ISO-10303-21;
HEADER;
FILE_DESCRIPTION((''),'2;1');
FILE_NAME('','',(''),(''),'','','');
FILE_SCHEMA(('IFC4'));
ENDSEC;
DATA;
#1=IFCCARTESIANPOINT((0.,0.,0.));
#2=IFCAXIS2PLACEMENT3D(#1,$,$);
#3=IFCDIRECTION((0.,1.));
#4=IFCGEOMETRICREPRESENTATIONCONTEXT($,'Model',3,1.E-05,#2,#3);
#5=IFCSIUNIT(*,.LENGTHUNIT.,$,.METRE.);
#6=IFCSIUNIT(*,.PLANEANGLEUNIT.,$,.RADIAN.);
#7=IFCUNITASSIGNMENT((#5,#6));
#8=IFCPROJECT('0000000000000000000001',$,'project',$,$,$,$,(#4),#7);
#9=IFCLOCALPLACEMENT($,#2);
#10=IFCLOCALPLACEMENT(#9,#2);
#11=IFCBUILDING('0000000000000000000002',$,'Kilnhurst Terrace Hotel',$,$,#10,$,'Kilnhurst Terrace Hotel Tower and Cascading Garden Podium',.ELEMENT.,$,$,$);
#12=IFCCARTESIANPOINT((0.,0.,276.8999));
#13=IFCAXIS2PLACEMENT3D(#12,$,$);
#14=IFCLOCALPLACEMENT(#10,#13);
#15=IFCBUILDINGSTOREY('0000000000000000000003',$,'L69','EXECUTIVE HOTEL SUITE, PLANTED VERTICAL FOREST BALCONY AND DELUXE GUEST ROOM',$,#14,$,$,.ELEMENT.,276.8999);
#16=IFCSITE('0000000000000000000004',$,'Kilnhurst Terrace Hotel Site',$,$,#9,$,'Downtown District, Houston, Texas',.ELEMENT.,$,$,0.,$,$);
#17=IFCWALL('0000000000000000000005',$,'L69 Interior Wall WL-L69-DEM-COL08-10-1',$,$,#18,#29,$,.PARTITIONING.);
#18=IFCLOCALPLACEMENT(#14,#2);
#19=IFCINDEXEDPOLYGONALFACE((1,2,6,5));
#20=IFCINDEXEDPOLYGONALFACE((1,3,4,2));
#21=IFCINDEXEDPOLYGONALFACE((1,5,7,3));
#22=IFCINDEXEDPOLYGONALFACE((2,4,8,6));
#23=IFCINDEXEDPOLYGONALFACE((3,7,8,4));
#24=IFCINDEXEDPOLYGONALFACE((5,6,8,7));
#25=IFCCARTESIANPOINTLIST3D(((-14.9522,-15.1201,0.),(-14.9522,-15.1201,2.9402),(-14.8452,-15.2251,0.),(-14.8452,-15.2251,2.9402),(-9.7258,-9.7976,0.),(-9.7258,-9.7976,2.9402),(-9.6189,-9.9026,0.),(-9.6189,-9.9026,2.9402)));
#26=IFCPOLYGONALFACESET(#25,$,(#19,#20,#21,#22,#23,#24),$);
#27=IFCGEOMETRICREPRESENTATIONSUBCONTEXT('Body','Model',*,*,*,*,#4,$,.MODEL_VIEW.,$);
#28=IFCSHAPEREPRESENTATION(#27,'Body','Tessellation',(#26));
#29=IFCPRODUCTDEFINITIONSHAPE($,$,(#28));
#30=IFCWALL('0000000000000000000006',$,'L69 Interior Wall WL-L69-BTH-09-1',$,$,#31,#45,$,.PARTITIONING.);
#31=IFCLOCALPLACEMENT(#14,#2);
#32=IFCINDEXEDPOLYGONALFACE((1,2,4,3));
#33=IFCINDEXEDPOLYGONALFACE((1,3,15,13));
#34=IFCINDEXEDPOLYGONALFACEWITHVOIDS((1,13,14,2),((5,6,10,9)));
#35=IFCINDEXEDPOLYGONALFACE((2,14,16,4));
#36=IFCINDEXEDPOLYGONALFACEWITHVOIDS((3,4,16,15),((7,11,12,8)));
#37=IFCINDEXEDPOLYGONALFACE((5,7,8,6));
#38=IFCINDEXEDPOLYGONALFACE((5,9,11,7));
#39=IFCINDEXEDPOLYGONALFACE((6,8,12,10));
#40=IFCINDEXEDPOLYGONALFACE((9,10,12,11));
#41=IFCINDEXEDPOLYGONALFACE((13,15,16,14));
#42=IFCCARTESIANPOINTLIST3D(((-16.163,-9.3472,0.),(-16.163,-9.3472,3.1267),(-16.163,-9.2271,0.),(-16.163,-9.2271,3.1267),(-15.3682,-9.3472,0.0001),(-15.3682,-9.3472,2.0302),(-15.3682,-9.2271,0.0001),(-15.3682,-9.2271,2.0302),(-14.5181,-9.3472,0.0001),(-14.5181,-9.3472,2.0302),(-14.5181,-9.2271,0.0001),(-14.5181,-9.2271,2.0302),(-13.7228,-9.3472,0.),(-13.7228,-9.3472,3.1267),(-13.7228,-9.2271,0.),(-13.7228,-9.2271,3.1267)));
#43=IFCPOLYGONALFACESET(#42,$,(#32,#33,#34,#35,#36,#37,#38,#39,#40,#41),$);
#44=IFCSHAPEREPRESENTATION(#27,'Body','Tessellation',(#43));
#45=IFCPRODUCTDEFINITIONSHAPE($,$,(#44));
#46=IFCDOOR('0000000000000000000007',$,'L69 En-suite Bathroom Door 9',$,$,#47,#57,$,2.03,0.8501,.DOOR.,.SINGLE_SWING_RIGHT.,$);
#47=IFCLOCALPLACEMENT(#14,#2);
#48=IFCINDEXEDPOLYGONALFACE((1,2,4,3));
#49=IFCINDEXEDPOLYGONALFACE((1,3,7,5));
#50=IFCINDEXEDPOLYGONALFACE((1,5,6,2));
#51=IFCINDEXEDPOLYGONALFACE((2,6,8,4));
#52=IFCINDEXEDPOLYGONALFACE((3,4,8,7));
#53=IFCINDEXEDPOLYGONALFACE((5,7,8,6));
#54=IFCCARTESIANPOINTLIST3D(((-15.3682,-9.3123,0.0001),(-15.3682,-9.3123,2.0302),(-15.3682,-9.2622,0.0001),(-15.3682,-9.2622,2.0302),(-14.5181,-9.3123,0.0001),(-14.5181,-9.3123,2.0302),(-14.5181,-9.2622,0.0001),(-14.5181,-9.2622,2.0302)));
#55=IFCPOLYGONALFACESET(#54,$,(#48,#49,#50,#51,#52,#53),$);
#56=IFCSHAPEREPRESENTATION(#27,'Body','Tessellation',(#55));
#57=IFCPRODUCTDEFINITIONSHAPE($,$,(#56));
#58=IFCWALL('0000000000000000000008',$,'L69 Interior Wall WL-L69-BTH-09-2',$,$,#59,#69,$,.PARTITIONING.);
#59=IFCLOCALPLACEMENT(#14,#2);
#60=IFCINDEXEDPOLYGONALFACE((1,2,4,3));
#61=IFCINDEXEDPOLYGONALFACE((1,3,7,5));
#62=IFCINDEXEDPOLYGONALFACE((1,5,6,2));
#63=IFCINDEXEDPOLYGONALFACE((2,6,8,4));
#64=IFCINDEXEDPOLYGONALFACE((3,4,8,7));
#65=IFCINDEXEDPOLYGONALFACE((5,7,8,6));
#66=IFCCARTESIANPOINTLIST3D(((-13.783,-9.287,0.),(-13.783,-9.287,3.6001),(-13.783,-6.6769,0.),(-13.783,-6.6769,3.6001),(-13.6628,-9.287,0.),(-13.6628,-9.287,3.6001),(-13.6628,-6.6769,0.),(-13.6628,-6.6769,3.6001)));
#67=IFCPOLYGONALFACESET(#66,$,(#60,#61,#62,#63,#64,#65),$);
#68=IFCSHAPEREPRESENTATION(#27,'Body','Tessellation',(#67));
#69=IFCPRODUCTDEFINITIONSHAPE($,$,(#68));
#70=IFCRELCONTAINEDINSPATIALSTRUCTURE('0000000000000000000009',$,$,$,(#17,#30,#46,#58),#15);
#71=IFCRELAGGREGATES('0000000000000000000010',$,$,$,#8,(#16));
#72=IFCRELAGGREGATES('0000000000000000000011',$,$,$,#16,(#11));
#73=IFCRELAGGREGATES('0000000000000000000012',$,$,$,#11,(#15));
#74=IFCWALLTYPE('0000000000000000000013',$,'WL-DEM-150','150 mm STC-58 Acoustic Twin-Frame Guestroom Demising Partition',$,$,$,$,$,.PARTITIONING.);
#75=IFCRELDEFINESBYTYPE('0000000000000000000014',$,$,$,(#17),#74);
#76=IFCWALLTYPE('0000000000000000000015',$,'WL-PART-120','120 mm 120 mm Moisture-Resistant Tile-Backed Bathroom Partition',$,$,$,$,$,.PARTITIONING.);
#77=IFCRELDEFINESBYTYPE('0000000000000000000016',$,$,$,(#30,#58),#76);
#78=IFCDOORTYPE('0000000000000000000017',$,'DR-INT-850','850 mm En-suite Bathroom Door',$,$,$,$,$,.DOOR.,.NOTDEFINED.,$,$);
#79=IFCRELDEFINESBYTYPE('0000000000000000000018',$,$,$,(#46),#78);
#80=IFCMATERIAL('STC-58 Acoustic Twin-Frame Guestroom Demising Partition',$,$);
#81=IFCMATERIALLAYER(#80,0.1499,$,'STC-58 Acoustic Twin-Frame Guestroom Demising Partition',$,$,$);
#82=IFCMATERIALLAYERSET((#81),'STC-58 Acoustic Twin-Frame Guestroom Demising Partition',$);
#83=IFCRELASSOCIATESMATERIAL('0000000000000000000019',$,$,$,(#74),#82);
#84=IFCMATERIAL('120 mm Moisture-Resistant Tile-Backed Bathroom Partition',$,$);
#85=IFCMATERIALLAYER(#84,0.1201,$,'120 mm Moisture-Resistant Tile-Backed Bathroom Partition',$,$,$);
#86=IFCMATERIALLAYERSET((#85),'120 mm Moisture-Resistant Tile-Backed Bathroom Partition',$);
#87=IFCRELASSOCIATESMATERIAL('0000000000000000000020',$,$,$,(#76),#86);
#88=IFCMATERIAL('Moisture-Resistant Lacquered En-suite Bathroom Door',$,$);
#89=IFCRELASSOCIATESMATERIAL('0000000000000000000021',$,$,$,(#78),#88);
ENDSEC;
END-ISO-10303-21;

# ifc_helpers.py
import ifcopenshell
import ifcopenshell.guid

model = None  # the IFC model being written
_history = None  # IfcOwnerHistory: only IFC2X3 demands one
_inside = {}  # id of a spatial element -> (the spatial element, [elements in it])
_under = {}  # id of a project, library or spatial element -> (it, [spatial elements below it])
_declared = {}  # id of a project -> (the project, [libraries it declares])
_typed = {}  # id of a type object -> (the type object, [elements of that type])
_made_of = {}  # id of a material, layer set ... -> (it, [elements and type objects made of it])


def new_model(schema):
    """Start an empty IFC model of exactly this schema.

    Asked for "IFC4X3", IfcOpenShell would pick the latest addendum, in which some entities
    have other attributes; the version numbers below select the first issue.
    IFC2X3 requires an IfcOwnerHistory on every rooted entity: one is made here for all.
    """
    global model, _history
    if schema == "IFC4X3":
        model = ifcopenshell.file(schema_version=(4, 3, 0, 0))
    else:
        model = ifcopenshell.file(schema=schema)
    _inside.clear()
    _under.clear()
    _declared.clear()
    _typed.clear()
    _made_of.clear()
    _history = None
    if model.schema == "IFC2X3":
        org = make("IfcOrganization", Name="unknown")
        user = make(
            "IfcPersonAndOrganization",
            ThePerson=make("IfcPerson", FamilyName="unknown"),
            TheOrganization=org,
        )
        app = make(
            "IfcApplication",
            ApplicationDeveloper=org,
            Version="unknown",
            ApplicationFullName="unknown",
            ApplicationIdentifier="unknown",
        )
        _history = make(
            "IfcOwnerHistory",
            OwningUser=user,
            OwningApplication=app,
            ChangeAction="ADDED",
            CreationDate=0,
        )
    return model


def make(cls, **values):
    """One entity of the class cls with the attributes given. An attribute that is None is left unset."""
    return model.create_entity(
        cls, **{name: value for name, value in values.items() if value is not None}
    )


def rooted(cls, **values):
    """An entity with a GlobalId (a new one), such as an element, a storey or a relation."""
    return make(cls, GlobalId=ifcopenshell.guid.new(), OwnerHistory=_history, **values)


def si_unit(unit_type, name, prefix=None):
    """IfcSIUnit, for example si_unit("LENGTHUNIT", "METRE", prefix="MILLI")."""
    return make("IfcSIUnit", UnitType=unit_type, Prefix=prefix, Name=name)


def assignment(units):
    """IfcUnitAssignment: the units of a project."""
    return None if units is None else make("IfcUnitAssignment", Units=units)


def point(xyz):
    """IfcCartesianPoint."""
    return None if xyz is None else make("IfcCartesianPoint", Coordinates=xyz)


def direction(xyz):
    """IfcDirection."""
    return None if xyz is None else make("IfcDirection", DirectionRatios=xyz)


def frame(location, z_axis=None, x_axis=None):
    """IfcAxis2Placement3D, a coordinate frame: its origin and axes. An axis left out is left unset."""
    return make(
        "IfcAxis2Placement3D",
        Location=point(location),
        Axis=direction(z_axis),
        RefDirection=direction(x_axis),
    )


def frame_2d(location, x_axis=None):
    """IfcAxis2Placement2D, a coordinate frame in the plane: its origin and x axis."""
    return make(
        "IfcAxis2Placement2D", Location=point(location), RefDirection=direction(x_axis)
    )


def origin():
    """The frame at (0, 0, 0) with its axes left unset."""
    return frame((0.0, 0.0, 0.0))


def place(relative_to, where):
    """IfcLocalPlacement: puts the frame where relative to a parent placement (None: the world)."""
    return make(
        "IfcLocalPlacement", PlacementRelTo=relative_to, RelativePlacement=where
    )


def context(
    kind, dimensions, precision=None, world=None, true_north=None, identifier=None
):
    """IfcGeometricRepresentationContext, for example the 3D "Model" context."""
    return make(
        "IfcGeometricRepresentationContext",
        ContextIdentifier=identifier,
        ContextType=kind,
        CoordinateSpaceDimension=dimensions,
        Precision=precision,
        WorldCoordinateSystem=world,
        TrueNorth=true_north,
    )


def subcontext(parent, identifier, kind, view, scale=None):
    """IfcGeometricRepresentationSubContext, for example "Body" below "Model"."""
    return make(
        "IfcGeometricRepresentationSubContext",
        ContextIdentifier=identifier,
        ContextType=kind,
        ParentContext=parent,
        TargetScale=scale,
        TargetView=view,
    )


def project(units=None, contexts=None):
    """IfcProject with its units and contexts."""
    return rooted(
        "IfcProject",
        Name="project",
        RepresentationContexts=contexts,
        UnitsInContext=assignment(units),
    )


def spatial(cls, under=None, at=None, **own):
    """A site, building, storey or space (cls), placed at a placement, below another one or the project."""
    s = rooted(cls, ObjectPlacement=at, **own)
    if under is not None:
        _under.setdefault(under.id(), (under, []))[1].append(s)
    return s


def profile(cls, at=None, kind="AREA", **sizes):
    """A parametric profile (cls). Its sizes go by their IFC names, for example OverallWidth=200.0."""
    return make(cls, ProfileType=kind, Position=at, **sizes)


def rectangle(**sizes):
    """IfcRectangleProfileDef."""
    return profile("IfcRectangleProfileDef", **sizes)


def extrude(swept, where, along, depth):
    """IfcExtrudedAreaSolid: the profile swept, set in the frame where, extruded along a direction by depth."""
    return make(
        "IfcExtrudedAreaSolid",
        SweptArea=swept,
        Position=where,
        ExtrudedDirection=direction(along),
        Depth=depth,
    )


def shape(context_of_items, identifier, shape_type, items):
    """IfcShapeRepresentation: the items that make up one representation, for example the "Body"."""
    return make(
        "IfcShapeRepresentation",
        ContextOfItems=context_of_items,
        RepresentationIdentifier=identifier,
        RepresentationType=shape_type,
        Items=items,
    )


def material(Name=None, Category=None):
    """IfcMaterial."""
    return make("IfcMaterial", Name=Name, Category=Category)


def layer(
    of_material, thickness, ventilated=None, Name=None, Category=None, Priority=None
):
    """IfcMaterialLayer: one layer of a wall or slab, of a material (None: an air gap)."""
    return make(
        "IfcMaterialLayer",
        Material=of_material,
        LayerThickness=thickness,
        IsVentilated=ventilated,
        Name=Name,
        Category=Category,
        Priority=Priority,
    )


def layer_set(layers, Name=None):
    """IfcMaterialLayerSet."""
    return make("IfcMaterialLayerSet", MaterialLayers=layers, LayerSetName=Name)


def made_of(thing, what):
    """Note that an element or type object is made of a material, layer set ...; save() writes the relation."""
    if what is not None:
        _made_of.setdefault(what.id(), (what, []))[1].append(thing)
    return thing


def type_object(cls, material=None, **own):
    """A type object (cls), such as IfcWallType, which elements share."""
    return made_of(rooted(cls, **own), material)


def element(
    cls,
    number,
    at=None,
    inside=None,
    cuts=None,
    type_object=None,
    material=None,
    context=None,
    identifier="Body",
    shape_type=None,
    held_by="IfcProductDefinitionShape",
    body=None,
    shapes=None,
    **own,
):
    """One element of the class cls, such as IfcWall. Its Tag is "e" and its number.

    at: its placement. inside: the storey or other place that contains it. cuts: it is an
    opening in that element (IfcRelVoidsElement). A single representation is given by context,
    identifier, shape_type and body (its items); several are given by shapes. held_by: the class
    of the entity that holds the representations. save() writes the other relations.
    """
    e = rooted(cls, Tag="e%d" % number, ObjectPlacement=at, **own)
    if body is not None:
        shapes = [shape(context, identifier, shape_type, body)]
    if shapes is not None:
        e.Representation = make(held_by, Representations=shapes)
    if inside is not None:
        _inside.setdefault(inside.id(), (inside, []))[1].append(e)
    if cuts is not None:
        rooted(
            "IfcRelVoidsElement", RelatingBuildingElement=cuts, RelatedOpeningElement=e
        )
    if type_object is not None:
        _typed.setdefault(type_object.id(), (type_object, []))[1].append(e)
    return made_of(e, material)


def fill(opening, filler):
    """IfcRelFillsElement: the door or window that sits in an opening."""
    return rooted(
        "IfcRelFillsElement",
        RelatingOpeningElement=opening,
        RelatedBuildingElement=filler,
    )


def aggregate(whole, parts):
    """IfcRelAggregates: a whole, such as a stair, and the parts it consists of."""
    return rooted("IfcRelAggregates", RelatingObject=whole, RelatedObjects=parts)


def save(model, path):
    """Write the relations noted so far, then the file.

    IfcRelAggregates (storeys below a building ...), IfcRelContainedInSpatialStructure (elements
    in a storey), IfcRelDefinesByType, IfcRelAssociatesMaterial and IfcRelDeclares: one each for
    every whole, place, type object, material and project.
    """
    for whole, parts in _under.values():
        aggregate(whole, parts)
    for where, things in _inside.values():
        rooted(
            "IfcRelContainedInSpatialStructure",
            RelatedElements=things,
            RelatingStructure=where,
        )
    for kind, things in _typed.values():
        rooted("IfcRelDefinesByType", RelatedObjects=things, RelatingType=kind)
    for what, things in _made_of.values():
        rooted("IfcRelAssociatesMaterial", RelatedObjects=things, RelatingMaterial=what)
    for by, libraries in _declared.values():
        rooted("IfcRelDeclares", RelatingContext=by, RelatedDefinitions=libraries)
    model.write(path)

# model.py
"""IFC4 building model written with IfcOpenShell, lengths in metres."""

from ifc_helpers import new_model, si_unit, direction, frame, frame_2d, origin, place, context, subcontext, project, spatial, rectangle, extrude, material, layer, layer_set, type_object, element, fill, save


model = new_model("IFC4")

# Units and contexts
model_context = context("Model", 3, precision=1e-05, world=origin(), true_north=direction((0.0, 1.0)))
body_context = subcontext(model_context, "Body", "Model", "MODEL_VIEW")
ifc_project = project(units=[si_unit("LENGTHUNIT", "METRE"), si_unit("PLANEANGLEUNIT", "RADIAN")], contexts=[model_context])

# Site, building, storey
site_placement = place(None, origin())
site = spatial("IfcSite", under=ifc_project, at=site_placement, Name="Kilnhurst Terrace Hotel Site", LongName="Downtown District, Houston, Texas", CompositionType="ELEMENT", RefElevation=0.0)
building_placement = place(site_placement, origin())
building = spatial("IfcBuilding", under=site, at=building_placement, Name="Kilnhurst Terrace Hotel", LongName="Kilnhurst Terrace Hotel Tower and Cascading Garden Podium", CompositionType="ELEMENT")
storey_placement = place(building_placement, frame((0.0, 0.0, 276.8999)))
storey = spatial("IfcBuildingStorey", under=building, at=storey_placement, Name="L69", Description="EXECUTIVE HOTEL SUITE, PLANTED VERTICAL FOREST BALCONY AND DELUXE GUEST ROOM", CompositionType="ELEMENT", Elevation=276.8999)

# Wall
ifc_material_1 = material(Name="STC-58 Acoustic Twin-Frame Guestroom Demising Partition")
ifc_layer_1 = layer(ifc_material_1, 0.1499, Name="STC-58 Acoustic Twin-Frame Guestroom Demising Partition")
ifc_layer_set_1 = layer_set([ifc_layer_1], Name="STC-58 Acoustic Twin-Frame Guestroom Demising Partition")
wall_type_1 = type_object("IfcWallType", Name="WL-DEM-150", Description="150 mm STC-58 Acoustic Twin-Frame Guestroom Demising Partition", PredefinedType="PARTITIONING", material=ifc_layer_set_1)
wall_1_placement = place(storey_placement, frame((-9.6724, -9.8501, 0.0), z_axis=(0.0, 0.0, 1.0), x_axis=(-0.70063, -0.713525, 0.0)))
element("IfcWall", 1, at=wall_1_placement, inside=storey, type_object=wall_type_1, Name="L69 Interior Wall WL-L69-DEM-COL08-10-1", PredefinedType="PARTITIONING", context=body_context, shape_type="SweptSolid", body=[
    extrude(rectangle(XDim=7.4595, YDim=0.1499, at=frame_2d((3.7297, 0.0))), origin(), (0.0, 0.0, 1.0), 2.9402),
])

# Wall, opening, door
ifc_material_2 = material(Name="120 mm Moisture-Resistant Tile-Backed Bathroom Partition")
ifc_layer_2 = layer(ifc_material_2, 0.1201, Name="120 mm Moisture-Resistant Tile-Backed Bathroom Partition")
ifc_layer_set_2 = layer_set([ifc_layer_2], Name="120 mm Moisture-Resistant Tile-Backed Bathroom Partition")
wall_type_2 = type_object("IfcWallType", Name="WL-PART-120", Description="120 mm 120 mm Moisture-Resistant Tile-Backed Bathroom Partition", PredefinedType="PARTITIONING", material=ifc_layer_set_2)
wall_2_placement = place(storey_placement, frame((-16.1631, -9.2871, 0.0), z_axis=(0.0, 0.0, 1.0), x_axis=(1.0, 0.0, 0.0)))
wall_2 = element("IfcWall", 2, at=wall_2_placement, inside=storey, type_object=wall_type_2, Name="L69 Interior Wall WL-L69-BTH-09-1", PredefinedType="PARTITIONING", context=body_context, shape_type="SweptSolid", body=[
    extrude(rectangle(XDim=2.4402, YDim=0.1201, at=frame_2d((1.2202, 0.0))), origin(), (0.0, 0.0, 1.0), 3.1267),
])
opening_1_placement = place(wall_2_placement, frame((0.7949, 0.0, 0.0)))
opening_1 = element("IfcOpeningElement", 3, at=opening_1_placement, cuts=wall_2, PredefinedType="OPENING", context=body_context, shape_type="SweptSolid", body=[
    extrude(rectangle(XDim=0.8501, YDim=2.03, at=frame_2d((0.425, 1.0151))), frame((0.0, 0.0701, 0.0), z_axis=(0.0, -1.0, 0.0), x_axis=(1.0, 0.0, 0.0)), (0.0, 0.0, 1.0), 0.1401),
])
ifc_material_3 = material(Name="Moisture-Resistant Lacquered En-suite Bathroom Door")
door_type_1 = type_object("IfcDoorType", Name="DR-INT-850", Description="850 mm En-suite Bathroom Door", OperationType="NOTDEFINED", PredefinedType="DOOR", material=ifc_material_3)
door_1_placement = place(opening_1_placement, origin())
door_1 = element("IfcDoor", 4, at=door_1_placement, inside=storey, type_object=door_type_1, Name="L69 En-suite Bathroom Door 9", OperationType="SINGLE_SWING_RIGHT", OverallHeight=2.03, OverallWidth=0.8501, PredefinedType="DOOR", context=body_context, shape_type="SweptSolid", body=[
    extrude(rectangle(XDim=0.8501, YDim=2.03, at=frame_2d((0.425, 1.0151))), frame((0.0, 0.0249, 0.0), z_axis=(0.0, -1.0, 0.0), x_axis=(1.0, 0.0, 0.0)), (0.0, 0.0, 1.0), 0.05),
])
fill(opening_1, door_1)

# Wall
wall_3_placement = place(storey_placement, frame((-13.7229, -9.2871, 0.0), z_axis=(0.0, 0.0, 1.0), x_axis=(0.0, 1.0, 0.0)))
element("IfcWall", 5, at=wall_3_placement, inside=storey, type_object=wall_type_2, Name="L69 Interior Wall WL-L69-BTH-09-2", PredefinedType="PARTITIONING", context=body_context, shape_type="SweptSolid", body=[
    extrude(rectangle(XDim=2.6101, YDim=0.1201, at=frame_2d((1.3052, 0.0))), origin(), (0.0, 0.0, 1.0), 3.6001),
])

save(model, "model.ifc")
